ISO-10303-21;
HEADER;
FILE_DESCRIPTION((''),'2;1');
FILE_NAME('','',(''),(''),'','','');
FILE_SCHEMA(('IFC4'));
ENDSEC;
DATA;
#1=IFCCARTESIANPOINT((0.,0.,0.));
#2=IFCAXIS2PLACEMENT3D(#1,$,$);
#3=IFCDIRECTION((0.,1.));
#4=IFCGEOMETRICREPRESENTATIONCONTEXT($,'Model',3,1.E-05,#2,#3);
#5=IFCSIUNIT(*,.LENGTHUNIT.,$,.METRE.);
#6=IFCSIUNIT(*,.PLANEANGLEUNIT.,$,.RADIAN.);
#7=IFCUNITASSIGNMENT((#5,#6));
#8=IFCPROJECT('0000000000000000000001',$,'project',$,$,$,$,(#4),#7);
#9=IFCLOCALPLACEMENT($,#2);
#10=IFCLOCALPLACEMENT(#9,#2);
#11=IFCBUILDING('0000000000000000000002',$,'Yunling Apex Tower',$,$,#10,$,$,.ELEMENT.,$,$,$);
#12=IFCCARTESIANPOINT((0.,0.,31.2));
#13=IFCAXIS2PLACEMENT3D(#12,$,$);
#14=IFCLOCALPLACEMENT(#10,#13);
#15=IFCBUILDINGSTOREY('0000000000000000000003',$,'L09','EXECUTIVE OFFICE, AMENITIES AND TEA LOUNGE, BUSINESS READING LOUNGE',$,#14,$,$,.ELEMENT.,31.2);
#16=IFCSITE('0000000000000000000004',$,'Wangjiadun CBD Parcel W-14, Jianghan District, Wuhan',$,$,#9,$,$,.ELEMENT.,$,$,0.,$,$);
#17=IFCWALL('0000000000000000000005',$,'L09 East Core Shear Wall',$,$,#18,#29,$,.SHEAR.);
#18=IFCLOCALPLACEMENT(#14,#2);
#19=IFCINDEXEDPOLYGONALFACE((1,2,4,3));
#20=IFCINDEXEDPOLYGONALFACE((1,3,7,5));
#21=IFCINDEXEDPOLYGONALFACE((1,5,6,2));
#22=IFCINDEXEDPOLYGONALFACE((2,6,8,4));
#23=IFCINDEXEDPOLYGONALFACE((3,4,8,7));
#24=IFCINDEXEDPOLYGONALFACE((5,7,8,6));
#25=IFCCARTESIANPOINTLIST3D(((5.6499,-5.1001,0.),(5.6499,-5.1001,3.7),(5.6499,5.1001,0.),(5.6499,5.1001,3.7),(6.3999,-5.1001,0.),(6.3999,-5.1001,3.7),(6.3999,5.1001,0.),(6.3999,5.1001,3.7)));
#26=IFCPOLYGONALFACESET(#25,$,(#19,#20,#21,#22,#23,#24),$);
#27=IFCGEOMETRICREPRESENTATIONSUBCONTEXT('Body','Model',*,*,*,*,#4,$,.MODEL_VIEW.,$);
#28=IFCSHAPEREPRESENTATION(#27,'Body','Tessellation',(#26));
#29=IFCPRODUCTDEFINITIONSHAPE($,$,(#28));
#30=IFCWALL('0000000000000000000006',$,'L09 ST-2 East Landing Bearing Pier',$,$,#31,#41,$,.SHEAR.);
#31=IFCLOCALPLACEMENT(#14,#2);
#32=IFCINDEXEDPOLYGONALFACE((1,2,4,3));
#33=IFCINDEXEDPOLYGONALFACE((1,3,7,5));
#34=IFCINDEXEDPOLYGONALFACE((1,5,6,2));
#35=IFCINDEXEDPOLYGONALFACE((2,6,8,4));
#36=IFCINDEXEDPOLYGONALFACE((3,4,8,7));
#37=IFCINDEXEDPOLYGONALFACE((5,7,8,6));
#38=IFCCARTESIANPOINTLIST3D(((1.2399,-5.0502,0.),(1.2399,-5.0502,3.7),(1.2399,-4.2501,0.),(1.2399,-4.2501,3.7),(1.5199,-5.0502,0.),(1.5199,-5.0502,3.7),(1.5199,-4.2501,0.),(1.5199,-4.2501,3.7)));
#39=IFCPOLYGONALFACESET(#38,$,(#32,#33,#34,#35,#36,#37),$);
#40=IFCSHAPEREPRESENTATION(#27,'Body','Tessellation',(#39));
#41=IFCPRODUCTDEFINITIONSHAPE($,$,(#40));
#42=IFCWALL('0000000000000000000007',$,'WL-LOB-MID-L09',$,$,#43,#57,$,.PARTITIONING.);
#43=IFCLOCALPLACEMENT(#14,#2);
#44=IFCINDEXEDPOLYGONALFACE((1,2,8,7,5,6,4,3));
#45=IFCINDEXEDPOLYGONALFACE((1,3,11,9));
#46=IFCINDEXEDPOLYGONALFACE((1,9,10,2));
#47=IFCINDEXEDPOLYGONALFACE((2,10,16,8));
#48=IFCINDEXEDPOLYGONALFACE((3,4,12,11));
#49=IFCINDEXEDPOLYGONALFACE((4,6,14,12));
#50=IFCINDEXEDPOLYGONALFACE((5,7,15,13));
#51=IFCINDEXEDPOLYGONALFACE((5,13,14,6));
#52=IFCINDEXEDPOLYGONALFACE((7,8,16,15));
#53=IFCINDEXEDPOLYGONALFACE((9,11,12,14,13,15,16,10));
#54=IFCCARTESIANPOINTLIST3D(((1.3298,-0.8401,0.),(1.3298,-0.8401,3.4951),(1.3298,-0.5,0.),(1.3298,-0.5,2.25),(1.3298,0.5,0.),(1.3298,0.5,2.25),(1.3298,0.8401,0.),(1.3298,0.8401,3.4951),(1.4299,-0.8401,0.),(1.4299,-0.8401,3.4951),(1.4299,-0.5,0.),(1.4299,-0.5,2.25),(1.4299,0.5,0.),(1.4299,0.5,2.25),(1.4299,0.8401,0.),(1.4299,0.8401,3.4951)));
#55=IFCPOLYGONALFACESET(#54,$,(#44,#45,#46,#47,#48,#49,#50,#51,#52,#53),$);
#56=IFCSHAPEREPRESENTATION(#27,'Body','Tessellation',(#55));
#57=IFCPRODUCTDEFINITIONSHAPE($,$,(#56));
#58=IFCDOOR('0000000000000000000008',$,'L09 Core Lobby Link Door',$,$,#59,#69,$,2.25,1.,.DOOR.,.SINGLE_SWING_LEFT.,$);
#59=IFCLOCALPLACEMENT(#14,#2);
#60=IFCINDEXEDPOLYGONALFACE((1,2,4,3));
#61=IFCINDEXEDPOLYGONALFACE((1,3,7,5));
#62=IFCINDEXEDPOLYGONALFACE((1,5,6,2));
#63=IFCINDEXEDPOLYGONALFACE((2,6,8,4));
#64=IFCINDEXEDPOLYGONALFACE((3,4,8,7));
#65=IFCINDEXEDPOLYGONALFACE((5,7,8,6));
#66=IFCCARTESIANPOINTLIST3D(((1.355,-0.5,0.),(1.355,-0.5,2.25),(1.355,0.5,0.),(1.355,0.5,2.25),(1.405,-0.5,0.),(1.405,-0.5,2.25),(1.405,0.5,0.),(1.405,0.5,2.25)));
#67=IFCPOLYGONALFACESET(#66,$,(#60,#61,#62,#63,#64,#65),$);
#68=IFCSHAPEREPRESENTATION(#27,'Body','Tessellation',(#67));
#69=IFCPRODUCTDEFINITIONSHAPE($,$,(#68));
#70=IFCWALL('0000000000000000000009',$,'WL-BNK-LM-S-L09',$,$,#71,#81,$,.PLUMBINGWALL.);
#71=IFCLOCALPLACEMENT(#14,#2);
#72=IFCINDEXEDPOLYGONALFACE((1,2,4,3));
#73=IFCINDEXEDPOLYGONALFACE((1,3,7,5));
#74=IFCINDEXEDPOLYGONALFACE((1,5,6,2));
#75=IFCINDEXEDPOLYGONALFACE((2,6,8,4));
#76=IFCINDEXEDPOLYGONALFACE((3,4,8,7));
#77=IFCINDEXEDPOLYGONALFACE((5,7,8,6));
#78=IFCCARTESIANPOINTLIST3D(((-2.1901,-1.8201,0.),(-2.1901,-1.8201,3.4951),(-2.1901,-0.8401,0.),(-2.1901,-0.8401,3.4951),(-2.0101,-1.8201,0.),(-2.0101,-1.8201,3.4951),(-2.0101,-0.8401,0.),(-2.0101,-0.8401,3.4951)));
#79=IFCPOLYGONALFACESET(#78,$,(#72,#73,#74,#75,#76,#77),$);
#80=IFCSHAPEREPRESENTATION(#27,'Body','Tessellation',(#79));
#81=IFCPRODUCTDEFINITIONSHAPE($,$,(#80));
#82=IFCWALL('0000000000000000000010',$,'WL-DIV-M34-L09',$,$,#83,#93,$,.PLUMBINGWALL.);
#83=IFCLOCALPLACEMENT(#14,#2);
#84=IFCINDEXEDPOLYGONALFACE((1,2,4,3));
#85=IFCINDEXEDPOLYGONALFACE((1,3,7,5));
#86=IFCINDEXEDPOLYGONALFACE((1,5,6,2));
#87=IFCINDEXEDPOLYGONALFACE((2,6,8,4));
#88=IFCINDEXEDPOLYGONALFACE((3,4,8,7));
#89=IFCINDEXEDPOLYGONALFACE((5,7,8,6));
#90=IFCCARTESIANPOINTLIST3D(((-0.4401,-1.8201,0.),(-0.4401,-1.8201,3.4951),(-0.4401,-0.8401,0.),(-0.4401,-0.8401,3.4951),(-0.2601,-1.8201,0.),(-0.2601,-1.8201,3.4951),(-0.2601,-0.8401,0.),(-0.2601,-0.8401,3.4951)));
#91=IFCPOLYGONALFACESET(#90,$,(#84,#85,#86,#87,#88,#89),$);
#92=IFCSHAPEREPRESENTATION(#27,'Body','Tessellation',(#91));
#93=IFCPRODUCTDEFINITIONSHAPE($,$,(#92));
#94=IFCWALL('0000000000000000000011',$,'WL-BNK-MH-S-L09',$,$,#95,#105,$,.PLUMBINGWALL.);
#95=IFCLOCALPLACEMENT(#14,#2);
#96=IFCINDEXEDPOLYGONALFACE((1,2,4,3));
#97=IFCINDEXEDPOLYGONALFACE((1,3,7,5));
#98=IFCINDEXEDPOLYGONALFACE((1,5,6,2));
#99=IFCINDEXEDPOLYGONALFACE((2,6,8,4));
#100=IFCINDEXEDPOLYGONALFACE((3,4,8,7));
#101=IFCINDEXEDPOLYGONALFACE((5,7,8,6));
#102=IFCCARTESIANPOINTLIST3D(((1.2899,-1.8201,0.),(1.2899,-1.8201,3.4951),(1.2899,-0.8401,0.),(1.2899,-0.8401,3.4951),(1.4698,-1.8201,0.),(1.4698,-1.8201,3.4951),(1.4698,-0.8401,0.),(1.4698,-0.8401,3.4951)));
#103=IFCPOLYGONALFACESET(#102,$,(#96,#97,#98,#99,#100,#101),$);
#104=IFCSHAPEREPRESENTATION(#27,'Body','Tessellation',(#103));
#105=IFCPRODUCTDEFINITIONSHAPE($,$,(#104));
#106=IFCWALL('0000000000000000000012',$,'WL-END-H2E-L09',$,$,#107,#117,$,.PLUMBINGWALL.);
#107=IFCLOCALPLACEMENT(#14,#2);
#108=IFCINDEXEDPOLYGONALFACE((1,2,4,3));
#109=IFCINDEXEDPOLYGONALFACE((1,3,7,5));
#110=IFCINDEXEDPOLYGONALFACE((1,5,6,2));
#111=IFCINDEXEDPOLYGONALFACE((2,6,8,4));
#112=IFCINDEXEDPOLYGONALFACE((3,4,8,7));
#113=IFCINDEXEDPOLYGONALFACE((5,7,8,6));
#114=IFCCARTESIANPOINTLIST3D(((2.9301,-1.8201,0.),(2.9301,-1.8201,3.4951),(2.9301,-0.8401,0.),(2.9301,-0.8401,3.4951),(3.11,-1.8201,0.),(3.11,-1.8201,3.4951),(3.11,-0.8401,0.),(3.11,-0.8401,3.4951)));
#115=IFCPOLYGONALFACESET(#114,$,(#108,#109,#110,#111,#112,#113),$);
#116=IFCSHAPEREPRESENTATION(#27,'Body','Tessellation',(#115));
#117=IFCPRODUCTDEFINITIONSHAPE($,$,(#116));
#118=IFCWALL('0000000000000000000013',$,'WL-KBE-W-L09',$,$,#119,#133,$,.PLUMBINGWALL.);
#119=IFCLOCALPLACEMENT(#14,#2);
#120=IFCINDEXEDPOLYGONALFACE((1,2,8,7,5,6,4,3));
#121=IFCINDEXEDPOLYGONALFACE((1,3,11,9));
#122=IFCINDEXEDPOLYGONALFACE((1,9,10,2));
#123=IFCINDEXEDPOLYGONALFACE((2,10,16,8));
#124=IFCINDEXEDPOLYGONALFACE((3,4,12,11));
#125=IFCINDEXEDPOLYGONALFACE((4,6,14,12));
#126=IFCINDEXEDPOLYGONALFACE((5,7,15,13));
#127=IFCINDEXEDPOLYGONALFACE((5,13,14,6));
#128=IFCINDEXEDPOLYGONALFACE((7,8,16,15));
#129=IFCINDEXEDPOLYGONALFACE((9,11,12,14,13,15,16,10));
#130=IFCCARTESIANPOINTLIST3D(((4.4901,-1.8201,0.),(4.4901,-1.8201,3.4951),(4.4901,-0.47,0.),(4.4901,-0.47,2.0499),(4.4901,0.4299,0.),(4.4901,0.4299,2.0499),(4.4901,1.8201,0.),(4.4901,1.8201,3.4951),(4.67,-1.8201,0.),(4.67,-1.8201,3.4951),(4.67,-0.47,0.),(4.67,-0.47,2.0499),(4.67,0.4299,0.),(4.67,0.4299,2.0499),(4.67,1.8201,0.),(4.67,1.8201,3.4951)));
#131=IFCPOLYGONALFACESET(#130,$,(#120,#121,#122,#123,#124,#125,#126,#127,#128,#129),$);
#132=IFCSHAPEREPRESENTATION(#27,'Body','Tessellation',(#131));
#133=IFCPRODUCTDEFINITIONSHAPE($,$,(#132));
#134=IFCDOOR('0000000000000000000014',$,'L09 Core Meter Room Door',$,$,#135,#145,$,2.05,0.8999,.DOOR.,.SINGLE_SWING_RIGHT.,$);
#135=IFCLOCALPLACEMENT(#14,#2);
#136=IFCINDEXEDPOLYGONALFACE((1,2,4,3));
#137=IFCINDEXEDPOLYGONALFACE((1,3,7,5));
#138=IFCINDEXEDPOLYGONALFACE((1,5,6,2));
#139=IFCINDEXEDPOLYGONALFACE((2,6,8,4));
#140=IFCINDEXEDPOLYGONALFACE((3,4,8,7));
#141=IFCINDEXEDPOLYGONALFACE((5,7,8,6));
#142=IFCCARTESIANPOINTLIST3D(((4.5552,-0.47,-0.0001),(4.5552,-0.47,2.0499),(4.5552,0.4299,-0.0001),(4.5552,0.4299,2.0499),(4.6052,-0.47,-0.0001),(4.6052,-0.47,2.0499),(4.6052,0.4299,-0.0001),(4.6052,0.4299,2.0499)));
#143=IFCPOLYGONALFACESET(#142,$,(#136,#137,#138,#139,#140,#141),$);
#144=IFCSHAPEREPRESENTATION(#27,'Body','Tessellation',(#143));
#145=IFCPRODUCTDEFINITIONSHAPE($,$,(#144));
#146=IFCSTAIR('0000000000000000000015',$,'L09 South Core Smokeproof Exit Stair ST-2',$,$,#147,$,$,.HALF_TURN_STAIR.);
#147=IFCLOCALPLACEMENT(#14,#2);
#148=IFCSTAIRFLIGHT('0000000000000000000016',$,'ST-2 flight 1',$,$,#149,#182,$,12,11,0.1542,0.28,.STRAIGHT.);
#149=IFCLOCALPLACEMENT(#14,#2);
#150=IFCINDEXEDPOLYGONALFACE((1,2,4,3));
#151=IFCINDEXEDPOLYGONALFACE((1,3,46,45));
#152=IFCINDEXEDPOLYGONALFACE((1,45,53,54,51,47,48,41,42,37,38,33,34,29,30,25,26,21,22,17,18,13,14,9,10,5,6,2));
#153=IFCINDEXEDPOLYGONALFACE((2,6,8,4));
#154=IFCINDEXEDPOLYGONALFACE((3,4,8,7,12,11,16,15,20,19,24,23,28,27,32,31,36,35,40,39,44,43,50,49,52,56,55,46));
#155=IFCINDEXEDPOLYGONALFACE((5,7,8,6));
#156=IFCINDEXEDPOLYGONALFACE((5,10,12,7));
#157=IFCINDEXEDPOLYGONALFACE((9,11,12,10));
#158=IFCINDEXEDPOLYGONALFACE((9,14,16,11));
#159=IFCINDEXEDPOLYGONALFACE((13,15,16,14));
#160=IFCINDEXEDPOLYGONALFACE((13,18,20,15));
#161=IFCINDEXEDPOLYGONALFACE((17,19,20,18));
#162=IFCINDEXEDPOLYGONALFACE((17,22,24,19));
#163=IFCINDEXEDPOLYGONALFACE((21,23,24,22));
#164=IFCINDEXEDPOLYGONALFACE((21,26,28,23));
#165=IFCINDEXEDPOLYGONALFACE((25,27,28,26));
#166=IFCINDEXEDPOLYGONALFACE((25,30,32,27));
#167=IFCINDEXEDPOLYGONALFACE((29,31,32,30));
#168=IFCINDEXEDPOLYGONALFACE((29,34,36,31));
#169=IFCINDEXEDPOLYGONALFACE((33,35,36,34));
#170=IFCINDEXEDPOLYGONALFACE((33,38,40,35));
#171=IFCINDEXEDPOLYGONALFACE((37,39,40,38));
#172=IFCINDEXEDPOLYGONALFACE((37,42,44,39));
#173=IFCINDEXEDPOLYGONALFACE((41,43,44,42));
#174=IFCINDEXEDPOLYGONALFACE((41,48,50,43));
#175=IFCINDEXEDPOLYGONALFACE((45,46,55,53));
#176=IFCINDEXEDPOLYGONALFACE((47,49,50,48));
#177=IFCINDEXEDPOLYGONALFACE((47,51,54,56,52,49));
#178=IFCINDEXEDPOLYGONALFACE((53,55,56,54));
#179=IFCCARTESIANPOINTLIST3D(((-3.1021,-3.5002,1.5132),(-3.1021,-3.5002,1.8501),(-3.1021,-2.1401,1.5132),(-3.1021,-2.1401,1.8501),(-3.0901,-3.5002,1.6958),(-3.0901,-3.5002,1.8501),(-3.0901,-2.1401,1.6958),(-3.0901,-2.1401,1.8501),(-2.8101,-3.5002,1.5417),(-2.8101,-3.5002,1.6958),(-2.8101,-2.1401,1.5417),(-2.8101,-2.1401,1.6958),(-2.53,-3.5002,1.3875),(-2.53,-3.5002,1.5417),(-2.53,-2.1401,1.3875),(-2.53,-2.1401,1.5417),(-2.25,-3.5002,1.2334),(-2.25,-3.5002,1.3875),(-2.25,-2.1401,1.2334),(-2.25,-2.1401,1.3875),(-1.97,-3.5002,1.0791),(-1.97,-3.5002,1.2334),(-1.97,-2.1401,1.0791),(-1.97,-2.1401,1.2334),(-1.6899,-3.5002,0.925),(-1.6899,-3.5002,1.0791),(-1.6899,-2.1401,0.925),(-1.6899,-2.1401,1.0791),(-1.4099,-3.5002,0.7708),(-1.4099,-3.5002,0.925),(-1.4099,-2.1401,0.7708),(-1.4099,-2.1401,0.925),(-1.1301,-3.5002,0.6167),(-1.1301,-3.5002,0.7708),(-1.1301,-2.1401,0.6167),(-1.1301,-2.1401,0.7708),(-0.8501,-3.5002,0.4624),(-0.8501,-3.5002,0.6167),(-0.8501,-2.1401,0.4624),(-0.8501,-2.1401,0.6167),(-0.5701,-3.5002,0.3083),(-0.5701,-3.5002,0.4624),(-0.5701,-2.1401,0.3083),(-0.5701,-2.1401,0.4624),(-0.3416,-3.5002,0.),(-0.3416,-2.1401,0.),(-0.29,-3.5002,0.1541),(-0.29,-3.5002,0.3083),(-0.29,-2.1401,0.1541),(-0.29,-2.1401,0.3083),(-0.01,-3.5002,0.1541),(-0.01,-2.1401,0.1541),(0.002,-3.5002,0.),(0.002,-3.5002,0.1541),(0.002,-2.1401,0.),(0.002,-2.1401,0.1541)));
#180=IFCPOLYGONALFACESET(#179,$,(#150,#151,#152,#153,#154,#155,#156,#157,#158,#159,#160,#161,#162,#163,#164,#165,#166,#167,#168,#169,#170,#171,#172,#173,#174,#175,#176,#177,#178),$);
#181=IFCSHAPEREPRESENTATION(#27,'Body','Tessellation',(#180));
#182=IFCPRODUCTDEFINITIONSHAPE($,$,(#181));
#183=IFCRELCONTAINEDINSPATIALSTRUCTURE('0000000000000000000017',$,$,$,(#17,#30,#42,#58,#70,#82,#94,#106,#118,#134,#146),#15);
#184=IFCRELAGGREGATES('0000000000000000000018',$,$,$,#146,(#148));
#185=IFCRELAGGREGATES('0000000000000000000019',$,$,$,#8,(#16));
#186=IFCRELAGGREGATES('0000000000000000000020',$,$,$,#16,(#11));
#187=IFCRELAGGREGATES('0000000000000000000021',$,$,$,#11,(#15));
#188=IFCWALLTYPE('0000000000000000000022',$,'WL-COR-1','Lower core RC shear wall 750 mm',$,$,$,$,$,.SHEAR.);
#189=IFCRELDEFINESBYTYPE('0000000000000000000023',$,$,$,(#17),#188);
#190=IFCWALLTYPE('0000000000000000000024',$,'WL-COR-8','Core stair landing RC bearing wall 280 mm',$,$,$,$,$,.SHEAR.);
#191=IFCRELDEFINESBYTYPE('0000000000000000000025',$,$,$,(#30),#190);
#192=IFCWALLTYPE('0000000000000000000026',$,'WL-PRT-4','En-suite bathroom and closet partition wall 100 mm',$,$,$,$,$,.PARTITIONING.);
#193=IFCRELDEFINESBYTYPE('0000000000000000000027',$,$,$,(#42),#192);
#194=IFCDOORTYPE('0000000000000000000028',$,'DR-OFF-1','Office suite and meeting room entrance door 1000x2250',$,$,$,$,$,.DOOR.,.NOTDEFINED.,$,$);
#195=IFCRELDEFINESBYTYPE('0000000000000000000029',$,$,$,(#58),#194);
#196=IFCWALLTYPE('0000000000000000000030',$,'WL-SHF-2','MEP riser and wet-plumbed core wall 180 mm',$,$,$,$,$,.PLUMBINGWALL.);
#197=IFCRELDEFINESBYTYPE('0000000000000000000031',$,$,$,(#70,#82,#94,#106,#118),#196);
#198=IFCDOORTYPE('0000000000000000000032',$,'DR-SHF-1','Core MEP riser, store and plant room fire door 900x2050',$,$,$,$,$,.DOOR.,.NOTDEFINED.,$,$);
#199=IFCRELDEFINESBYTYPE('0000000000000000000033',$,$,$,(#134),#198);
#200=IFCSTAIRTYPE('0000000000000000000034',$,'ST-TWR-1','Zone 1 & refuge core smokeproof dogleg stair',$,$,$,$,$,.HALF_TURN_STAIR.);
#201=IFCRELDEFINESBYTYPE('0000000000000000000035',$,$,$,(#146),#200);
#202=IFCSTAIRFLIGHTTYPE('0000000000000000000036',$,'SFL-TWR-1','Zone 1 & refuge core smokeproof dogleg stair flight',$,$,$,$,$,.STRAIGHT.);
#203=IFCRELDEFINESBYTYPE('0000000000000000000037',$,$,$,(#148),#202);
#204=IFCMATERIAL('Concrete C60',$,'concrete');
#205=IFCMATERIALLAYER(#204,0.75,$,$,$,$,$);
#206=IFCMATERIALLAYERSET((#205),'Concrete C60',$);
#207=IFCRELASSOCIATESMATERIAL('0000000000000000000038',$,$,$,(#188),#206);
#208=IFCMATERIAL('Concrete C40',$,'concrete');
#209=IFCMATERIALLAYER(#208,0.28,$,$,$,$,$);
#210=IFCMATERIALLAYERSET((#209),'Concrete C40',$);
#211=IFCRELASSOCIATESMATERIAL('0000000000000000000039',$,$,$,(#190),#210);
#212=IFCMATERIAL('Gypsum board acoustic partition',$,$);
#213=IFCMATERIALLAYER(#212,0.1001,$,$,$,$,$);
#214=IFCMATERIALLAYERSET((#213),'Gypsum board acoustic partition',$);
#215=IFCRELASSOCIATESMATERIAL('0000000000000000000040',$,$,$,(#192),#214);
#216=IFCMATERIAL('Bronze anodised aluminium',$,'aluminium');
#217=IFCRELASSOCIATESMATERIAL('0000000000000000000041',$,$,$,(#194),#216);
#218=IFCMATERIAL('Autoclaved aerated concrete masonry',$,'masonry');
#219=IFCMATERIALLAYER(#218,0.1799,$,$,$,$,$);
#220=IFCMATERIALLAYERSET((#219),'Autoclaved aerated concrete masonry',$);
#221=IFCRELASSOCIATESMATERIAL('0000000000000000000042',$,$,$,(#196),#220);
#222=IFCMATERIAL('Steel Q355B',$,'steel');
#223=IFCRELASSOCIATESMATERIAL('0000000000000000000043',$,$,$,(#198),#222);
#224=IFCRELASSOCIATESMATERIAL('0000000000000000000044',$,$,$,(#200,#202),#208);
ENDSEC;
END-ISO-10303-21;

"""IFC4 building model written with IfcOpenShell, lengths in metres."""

from ifc_helpers import new_model, si_unit, direction, frame, frame_2d, origin, place, context, subcontext, project, spatial, polyline, rectangle, outline, extrude, material, layer, layer_set, type_object, element, fill, aggregate, save


model = new_model("IFC4")

# Units and contexts
model_context = context("Model", 3, precision=1e-05, world=origin(), true_north=direction((0.0, 1.0)))
body_context = subcontext(model_context, "Body", "Model", "MODEL_VIEW")
ifc_project = project(units=[si_unit("LENGTHUNIT", "METRE"), si_unit("PLANEANGLEUNIT", "RADIAN")], contexts=[model_context])

# Site, building, storey
site_placement = place(None, origin())
site = spatial("IfcSite", under=ifc_project, at=site_placement, Name="Wangjiadun CBD Parcel W-14, Jianghan District, Wuhan", CompositionType="ELEMENT", RefElevation=0.0)
building_placement = place(site_placement, origin())
building = spatial("IfcBuilding", under=site, at=building_placement, Name="Yunling Apex Tower", CompositionType="ELEMENT")
storey_placement = place(building_placement, frame((0.0, 0.0, 31.2)))
storey = spatial("IfcBuildingStorey", under=building, at=storey_placement, Name="L09", Description="EXECUTIVE OFFICE, AMENITIES AND TEA LOUNGE, BUSINESS READING LOUNGE", CompositionType="ELEMENT", Elevation=31.2)

# Walls
ifc_material_1 = material(Name="Concrete C60", Category="concrete")
ifc_layer_1 = layer(ifc_material_1, 0.75)
ifc_layer_set_1 = layer_set([ifc_layer_1], Name="Concrete C60")
wall_type_1 = type_object("IfcWallType", Name="WL-COR-1", Description="Lower core RC shear wall 750 mm", PredefinedType="SHEAR", material=ifc_layer_set_1)
wall_1_placement = place(storey_placement, frame((6.0249, -5.1001, 0.0), z_axis=(0.0, 0.0, 1.0), x_axis=(0.0, 1.0, 0.0)))
element("IfcWall", 1, at=wall_1_placement, inside=storey, type_object=wall_type_1, Name="L09 East Core Shear Wall", PredefinedType="SHEAR", context=body_context, shape_type="SweptSolid", body=[
    extrude(rectangle(XDim=10.2002, YDim=0.75, at=frame_2d((5.1001, 0.0))), origin(), (0.0, 0.0, 1.0), 3.7),
])
ifc_material_2 = material(Name="Concrete C40", Category="concrete")
ifc_layer_2 = layer(ifc_material_2, 0.28)
ifc_layer_set_2 = layer_set([ifc_layer_2], Name="Concrete C40")
wall_type_2 = type_object("IfcWallType", Name="WL-COR-8", Description="Core stair landing RC bearing wall 280 mm", PredefinedType="SHEAR", material=ifc_layer_set_2)
wall_2_placement = place(storey_placement, frame((1.3799, -5.05, 0.0), z_axis=(0.0, 0.0, 1.0), x_axis=(0.0, 1.0, 0.0)))
element("IfcWall", 2, at=wall_2_placement, inside=storey, type_object=wall_type_2, Name="L09 ST-2 East Landing Bearing Pier", PredefinedType="SHEAR", context=body_context, shape_type="SweptSolid", body=[
    extrude(rectangle(XDim=0.8, YDim=0.28, at=frame_2d((0.3999, 0.0))), origin(), (0.0, 0.0, 1.0), 3.7),
])

# Wall, opening, door
ifc_material_3 = material(Name="Gypsum board acoustic partition")
ifc_layer_3 = layer(ifc_material_3, 0.1001)
ifc_layer_set_3 = layer_set([ifc_layer_3], Name="Gypsum board acoustic partition")
wall_type_3 = type_object("IfcWallType", Name="WL-PRT-4", Description="En-suite bathroom and closet partition wall 100 mm", PredefinedType="PARTITIONING", material=ifc_layer_set_3)
wall_3_placement = place(storey_placement, frame((1.3799, -0.8401, 0.0), z_axis=(0.0, 0.0, 1.0), x_axis=(0.0, 1.0, 0.0)))
wall_3 = element("IfcWall", 3, at=wall_3_placement, inside=storey, type_object=wall_type_3, Name="WL-LOB-MID-L09", PredefinedType="PARTITIONING", context=body_context, shape_type="SweptSolid", body=[
    extrude(rectangle(XDim=1.6802, YDim=0.1001, at=frame_2d((0.8401, 0.0))), origin(), (0.0, 0.0, 1.0), 3.4951),
])
opening_1_placement = place(wall_3_placement, frame((0.3401, 0.0, 0.0)))
opening_1 = element("IfcOpeningElement", 4, at=opening_1_placement, cuts=wall_3, PredefinedType="OPENING", context=body_context, shape_type="SweptSolid", body=[
    extrude(rectangle(XDim=1.0, YDim=2.25, at=frame_2d((0.5, 1.125))), frame((0.0, 0.0601, 0.0), z_axis=(0.0, -1.0, 0.0), x_axis=(1.0, 0.0, 0.0)), (0.0, 0.0, 1.0), 0.1201),
])
ifc_material_4 = material(Name="Bronze anodised aluminium", Category="aluminium")
door_type_1 = type_object("IfcDoorType", Name="DR-OFF-1", Description="Office suite and meeting room entrance door 1000x2250", OperationType="NOTDEFINED", PredefinedType="DOOR", material=ifc_material_4)
door_1_placement = place(opening_1_placement, origin())
door_1 = element("IfcDoor", 5, at=door_1_placement, inside=storey, type_object=door_type_1, Name="L09 Core Lobby Link Door", OperationType="SINGLE_SWING_LEFT", OverallHeight=2.25, OverallWidth=1.0, PredefinedType="DOOR", context=body_context, shape_type="SweptSolid", body=[
    extrude(rectangle(XDim=1.0, YDim=2.25, at=frame_2d((0.5, 1.125))), frame((0.0, 0.0249, 0.0), z_axis=(0.0, -1.0, 0.0), x_axis=(1.0, 0.0, 0.0)), (0.0, 0.0, 1.0), 0.05),
])
fill(opening_1, door_1)
ifc_material_5 = material(Name="Autoclaved aerated concrete masonry", Category="masonry")
ifc_material_6 = material(Name="Steel Q355B", Category="steel")

# Walls
ifc_layer_4 = layer(ifc_material_5, 0.1799)
ifc_layer_set_4 = layer_set([ifc_layer_4], Name="Autoclaved aerated concrete masonry")
wall_type_4 = type_object("IfcWallType", Name="WL-SHF-2", Description="MEP riser and wet-plumbed core wall 180 mm", PredefinedType="PLUMBINGWALL", material=ifc_layer_set_4)
for number, where, z_axis, x_axis, name in (
    (6, (-2.1001, -1.8201, 0.0), (0.0, 0.0, 1.0), (0.0, 1.0, 0.0), "WL-BNK-LM-S-L09"),
    (7, (-0.3501, -1.8201, 0.0), (0.0, 0.0, 1.0), (0.0, 1.0, 0.0), "WL-DIV-M34-L09"),
    (8, (1.3799, -1.8201, 0.0), (0.0, 0.0, 1.0), (0.0, 1.0, 0.0), "WL-BNK-MH-S-L09"),
    (9, (3.02, -1.8201, 0.0), (0.0, 0.0, 1.0), (0.0, 1.0, 0.0), "WL-END-H2E-L09"),
):
    element("IfcWall", number, at=place(storey_placement, frame(where, z_axis=z_axis, x_axis=x_axis)), inside=storey, type_object=wall_type_4, Name=name, PredefinedType="PLUMBINGWALL", context=body_context, shape_type="SweptSolid", body=[
        extrude(rectangle(XDim=0.98, YDim=0.1799, at=frame_2d((0.49, 0.0))), origin(), (0.0, 0.0, 1.0), 3.4951),
    ])

# Wall, opening, door
wall_4_placement = place(storey_placement, frame((4.5801, -1.8201, 0.0), z_axis=(0.0, 0.0, 1.0), x_axis=(0.0, 1.0, 0.0)))
wall_4 = element("IfcWall", 10, at=wall_4_placement, inside=storey, type_object=wall_type_4, Name="WL-KBE-W-L09", PredefinedType="PLUMBINGWALL", context=body_context, shape_type="SweptSolid", body=[
    extrude(rectangle(XDim=3.6401, YDim=0.1799, at=frame_2d((1.8201, 0.0))), origin(), (0.0, 0.0, 1.0), 3.4951),
])
opening_2_placement = place(wall_4_placement, frame((1.3501, 0.0, 0.0)))
opening_2 = element("IfcOpeningElement", 11, at=opening_2_placement, cuts=wall_4, PredefinedType="OPENING", context=body_context, shape_type="SweptSolid", body=[
    extrude(rectangle(XDim=0.8999, YDim=2.05, at=frame_2d((0.45, 1.0249))), frame((0.0, 0.1001, 0.0), z_axis=(0.0, -1.0, 0.0), x_axis=(1.0, 0.0, 0.0)), (0.0, 0.0, 1.0), 0.2),
])
door_type_2 = type_object("IfcDoorType", Name="DR-SHF-1", Description="Core MEP riser, store and plant room fire door 900x2050", OperationType="NOTDEFINED", PredefinedType="DOOR", material=ifc_material_6)
door_2_placement = place(opening_2_placement, origin())
door_2 = element("IfcDoor", 12, at=door_2_placement, inside=storey, type_object=door_type_2, Name="L09 Core Meter Room Door", OperationType="SINGLE_SWING_RIGHT", OverallHeight=2.05, OverallWidth=0.8999, PredefinedType="DOOR", context=body_context, shape_type="SweptSolid", body=[
    extrude(rectangle(XDim=0.8999, YDim=2.05, at=frame_2d((0.45, 1.0249))), frame((0.0, 0.0249, 0.0), z_axis=(0.0, -1.0, 0.0), x_axis=(1.0, 0.0, 0.0)), (0.0, 0.0, 1.0), 0.05),
])
fill(opening_2, door_2)

# Stair, stair flight
stair_type = type_object("IfcStairType", Name="ST-TWR-1", Description="Zone 1 & refuge core smokeproof dogleg stair", PredefinedType="HALF_TURN_STAIR", material=ifc_material_2)
stair_placement = place(storey_placement, origin())
stair = element("IfcStair", 13, at=stair_placement, inside=storey, type_object=stair_type, Name="L09 South Core Smokeproof Exit Stair ST-2", PredefinedType="HALF_TURN_STAIR")
stair_flight_type = type_object("IfcStairFlightType", Name="SFL-TWR-1", Description="Zone 1 & refuge core smokeproof dogleg stair flight", PredefinedType="STRAIGHT", material=ifc_material_2)
stair_flight_1_placement = place(storey_placement, frame((-0.01, -2.8201, 0.0), z_axis=(0.0, 0.0, 1.0), x_axis=(-1.0, 0.0, 0.0)))
stair_flight_1 = element("IfcStairFlight", 14, at=stair_flight_1_placement, type_object=stair_flight_type, Name="ST-2 flight 1", NumberOfRisers=12, NumberOfTreads=11, PredefinedType="STRAIGHT", RiserHeight=0.1542, TreadLength=0.28, context=body_context, shape_type="SweptSolid", body=[
    extrude(outline(polyline([(-0.012, 0.0), (-0.012, 0.1541), (0.0, 0.1541), (0.28, 0.1541), (0.28, 0.3083), (0.5601, 0.3083), (0.5601, 0.4624), (0.8401, 0.4624), (0.8401, 0.6167), (1.1201, 0.6167), (1.1201, 0.7708), (1.3999, 0.7708), (1.3999, 0.925), (1.6799, 0.925), (1.6799, 1.0791), (1.96, 1.0791), (1.96, 1.2334), (2.24, 1.2334), (2.24, 1.3875), (2.52, 1.3875), (2.52, 1.5417), (2.8, 1.5417), (2.8, 1.6958), (3.0801, 1.6958), (3.0801, 1.8501), (3.092, 1.8501), (3.092, 1.5132), (0.3315, 0.0), (-0.012, 0.0)])), frame((0.0, 0.6802, 0.0), z_axis=(0.0, -1.0, 0.0), x_axis=(1.0, 0.0, 0.0)), (0.0, 0.0, 1.0), 1.3601),
])
aggregate(stair, [stair_flight_1])

save(model, "model.ifc")
